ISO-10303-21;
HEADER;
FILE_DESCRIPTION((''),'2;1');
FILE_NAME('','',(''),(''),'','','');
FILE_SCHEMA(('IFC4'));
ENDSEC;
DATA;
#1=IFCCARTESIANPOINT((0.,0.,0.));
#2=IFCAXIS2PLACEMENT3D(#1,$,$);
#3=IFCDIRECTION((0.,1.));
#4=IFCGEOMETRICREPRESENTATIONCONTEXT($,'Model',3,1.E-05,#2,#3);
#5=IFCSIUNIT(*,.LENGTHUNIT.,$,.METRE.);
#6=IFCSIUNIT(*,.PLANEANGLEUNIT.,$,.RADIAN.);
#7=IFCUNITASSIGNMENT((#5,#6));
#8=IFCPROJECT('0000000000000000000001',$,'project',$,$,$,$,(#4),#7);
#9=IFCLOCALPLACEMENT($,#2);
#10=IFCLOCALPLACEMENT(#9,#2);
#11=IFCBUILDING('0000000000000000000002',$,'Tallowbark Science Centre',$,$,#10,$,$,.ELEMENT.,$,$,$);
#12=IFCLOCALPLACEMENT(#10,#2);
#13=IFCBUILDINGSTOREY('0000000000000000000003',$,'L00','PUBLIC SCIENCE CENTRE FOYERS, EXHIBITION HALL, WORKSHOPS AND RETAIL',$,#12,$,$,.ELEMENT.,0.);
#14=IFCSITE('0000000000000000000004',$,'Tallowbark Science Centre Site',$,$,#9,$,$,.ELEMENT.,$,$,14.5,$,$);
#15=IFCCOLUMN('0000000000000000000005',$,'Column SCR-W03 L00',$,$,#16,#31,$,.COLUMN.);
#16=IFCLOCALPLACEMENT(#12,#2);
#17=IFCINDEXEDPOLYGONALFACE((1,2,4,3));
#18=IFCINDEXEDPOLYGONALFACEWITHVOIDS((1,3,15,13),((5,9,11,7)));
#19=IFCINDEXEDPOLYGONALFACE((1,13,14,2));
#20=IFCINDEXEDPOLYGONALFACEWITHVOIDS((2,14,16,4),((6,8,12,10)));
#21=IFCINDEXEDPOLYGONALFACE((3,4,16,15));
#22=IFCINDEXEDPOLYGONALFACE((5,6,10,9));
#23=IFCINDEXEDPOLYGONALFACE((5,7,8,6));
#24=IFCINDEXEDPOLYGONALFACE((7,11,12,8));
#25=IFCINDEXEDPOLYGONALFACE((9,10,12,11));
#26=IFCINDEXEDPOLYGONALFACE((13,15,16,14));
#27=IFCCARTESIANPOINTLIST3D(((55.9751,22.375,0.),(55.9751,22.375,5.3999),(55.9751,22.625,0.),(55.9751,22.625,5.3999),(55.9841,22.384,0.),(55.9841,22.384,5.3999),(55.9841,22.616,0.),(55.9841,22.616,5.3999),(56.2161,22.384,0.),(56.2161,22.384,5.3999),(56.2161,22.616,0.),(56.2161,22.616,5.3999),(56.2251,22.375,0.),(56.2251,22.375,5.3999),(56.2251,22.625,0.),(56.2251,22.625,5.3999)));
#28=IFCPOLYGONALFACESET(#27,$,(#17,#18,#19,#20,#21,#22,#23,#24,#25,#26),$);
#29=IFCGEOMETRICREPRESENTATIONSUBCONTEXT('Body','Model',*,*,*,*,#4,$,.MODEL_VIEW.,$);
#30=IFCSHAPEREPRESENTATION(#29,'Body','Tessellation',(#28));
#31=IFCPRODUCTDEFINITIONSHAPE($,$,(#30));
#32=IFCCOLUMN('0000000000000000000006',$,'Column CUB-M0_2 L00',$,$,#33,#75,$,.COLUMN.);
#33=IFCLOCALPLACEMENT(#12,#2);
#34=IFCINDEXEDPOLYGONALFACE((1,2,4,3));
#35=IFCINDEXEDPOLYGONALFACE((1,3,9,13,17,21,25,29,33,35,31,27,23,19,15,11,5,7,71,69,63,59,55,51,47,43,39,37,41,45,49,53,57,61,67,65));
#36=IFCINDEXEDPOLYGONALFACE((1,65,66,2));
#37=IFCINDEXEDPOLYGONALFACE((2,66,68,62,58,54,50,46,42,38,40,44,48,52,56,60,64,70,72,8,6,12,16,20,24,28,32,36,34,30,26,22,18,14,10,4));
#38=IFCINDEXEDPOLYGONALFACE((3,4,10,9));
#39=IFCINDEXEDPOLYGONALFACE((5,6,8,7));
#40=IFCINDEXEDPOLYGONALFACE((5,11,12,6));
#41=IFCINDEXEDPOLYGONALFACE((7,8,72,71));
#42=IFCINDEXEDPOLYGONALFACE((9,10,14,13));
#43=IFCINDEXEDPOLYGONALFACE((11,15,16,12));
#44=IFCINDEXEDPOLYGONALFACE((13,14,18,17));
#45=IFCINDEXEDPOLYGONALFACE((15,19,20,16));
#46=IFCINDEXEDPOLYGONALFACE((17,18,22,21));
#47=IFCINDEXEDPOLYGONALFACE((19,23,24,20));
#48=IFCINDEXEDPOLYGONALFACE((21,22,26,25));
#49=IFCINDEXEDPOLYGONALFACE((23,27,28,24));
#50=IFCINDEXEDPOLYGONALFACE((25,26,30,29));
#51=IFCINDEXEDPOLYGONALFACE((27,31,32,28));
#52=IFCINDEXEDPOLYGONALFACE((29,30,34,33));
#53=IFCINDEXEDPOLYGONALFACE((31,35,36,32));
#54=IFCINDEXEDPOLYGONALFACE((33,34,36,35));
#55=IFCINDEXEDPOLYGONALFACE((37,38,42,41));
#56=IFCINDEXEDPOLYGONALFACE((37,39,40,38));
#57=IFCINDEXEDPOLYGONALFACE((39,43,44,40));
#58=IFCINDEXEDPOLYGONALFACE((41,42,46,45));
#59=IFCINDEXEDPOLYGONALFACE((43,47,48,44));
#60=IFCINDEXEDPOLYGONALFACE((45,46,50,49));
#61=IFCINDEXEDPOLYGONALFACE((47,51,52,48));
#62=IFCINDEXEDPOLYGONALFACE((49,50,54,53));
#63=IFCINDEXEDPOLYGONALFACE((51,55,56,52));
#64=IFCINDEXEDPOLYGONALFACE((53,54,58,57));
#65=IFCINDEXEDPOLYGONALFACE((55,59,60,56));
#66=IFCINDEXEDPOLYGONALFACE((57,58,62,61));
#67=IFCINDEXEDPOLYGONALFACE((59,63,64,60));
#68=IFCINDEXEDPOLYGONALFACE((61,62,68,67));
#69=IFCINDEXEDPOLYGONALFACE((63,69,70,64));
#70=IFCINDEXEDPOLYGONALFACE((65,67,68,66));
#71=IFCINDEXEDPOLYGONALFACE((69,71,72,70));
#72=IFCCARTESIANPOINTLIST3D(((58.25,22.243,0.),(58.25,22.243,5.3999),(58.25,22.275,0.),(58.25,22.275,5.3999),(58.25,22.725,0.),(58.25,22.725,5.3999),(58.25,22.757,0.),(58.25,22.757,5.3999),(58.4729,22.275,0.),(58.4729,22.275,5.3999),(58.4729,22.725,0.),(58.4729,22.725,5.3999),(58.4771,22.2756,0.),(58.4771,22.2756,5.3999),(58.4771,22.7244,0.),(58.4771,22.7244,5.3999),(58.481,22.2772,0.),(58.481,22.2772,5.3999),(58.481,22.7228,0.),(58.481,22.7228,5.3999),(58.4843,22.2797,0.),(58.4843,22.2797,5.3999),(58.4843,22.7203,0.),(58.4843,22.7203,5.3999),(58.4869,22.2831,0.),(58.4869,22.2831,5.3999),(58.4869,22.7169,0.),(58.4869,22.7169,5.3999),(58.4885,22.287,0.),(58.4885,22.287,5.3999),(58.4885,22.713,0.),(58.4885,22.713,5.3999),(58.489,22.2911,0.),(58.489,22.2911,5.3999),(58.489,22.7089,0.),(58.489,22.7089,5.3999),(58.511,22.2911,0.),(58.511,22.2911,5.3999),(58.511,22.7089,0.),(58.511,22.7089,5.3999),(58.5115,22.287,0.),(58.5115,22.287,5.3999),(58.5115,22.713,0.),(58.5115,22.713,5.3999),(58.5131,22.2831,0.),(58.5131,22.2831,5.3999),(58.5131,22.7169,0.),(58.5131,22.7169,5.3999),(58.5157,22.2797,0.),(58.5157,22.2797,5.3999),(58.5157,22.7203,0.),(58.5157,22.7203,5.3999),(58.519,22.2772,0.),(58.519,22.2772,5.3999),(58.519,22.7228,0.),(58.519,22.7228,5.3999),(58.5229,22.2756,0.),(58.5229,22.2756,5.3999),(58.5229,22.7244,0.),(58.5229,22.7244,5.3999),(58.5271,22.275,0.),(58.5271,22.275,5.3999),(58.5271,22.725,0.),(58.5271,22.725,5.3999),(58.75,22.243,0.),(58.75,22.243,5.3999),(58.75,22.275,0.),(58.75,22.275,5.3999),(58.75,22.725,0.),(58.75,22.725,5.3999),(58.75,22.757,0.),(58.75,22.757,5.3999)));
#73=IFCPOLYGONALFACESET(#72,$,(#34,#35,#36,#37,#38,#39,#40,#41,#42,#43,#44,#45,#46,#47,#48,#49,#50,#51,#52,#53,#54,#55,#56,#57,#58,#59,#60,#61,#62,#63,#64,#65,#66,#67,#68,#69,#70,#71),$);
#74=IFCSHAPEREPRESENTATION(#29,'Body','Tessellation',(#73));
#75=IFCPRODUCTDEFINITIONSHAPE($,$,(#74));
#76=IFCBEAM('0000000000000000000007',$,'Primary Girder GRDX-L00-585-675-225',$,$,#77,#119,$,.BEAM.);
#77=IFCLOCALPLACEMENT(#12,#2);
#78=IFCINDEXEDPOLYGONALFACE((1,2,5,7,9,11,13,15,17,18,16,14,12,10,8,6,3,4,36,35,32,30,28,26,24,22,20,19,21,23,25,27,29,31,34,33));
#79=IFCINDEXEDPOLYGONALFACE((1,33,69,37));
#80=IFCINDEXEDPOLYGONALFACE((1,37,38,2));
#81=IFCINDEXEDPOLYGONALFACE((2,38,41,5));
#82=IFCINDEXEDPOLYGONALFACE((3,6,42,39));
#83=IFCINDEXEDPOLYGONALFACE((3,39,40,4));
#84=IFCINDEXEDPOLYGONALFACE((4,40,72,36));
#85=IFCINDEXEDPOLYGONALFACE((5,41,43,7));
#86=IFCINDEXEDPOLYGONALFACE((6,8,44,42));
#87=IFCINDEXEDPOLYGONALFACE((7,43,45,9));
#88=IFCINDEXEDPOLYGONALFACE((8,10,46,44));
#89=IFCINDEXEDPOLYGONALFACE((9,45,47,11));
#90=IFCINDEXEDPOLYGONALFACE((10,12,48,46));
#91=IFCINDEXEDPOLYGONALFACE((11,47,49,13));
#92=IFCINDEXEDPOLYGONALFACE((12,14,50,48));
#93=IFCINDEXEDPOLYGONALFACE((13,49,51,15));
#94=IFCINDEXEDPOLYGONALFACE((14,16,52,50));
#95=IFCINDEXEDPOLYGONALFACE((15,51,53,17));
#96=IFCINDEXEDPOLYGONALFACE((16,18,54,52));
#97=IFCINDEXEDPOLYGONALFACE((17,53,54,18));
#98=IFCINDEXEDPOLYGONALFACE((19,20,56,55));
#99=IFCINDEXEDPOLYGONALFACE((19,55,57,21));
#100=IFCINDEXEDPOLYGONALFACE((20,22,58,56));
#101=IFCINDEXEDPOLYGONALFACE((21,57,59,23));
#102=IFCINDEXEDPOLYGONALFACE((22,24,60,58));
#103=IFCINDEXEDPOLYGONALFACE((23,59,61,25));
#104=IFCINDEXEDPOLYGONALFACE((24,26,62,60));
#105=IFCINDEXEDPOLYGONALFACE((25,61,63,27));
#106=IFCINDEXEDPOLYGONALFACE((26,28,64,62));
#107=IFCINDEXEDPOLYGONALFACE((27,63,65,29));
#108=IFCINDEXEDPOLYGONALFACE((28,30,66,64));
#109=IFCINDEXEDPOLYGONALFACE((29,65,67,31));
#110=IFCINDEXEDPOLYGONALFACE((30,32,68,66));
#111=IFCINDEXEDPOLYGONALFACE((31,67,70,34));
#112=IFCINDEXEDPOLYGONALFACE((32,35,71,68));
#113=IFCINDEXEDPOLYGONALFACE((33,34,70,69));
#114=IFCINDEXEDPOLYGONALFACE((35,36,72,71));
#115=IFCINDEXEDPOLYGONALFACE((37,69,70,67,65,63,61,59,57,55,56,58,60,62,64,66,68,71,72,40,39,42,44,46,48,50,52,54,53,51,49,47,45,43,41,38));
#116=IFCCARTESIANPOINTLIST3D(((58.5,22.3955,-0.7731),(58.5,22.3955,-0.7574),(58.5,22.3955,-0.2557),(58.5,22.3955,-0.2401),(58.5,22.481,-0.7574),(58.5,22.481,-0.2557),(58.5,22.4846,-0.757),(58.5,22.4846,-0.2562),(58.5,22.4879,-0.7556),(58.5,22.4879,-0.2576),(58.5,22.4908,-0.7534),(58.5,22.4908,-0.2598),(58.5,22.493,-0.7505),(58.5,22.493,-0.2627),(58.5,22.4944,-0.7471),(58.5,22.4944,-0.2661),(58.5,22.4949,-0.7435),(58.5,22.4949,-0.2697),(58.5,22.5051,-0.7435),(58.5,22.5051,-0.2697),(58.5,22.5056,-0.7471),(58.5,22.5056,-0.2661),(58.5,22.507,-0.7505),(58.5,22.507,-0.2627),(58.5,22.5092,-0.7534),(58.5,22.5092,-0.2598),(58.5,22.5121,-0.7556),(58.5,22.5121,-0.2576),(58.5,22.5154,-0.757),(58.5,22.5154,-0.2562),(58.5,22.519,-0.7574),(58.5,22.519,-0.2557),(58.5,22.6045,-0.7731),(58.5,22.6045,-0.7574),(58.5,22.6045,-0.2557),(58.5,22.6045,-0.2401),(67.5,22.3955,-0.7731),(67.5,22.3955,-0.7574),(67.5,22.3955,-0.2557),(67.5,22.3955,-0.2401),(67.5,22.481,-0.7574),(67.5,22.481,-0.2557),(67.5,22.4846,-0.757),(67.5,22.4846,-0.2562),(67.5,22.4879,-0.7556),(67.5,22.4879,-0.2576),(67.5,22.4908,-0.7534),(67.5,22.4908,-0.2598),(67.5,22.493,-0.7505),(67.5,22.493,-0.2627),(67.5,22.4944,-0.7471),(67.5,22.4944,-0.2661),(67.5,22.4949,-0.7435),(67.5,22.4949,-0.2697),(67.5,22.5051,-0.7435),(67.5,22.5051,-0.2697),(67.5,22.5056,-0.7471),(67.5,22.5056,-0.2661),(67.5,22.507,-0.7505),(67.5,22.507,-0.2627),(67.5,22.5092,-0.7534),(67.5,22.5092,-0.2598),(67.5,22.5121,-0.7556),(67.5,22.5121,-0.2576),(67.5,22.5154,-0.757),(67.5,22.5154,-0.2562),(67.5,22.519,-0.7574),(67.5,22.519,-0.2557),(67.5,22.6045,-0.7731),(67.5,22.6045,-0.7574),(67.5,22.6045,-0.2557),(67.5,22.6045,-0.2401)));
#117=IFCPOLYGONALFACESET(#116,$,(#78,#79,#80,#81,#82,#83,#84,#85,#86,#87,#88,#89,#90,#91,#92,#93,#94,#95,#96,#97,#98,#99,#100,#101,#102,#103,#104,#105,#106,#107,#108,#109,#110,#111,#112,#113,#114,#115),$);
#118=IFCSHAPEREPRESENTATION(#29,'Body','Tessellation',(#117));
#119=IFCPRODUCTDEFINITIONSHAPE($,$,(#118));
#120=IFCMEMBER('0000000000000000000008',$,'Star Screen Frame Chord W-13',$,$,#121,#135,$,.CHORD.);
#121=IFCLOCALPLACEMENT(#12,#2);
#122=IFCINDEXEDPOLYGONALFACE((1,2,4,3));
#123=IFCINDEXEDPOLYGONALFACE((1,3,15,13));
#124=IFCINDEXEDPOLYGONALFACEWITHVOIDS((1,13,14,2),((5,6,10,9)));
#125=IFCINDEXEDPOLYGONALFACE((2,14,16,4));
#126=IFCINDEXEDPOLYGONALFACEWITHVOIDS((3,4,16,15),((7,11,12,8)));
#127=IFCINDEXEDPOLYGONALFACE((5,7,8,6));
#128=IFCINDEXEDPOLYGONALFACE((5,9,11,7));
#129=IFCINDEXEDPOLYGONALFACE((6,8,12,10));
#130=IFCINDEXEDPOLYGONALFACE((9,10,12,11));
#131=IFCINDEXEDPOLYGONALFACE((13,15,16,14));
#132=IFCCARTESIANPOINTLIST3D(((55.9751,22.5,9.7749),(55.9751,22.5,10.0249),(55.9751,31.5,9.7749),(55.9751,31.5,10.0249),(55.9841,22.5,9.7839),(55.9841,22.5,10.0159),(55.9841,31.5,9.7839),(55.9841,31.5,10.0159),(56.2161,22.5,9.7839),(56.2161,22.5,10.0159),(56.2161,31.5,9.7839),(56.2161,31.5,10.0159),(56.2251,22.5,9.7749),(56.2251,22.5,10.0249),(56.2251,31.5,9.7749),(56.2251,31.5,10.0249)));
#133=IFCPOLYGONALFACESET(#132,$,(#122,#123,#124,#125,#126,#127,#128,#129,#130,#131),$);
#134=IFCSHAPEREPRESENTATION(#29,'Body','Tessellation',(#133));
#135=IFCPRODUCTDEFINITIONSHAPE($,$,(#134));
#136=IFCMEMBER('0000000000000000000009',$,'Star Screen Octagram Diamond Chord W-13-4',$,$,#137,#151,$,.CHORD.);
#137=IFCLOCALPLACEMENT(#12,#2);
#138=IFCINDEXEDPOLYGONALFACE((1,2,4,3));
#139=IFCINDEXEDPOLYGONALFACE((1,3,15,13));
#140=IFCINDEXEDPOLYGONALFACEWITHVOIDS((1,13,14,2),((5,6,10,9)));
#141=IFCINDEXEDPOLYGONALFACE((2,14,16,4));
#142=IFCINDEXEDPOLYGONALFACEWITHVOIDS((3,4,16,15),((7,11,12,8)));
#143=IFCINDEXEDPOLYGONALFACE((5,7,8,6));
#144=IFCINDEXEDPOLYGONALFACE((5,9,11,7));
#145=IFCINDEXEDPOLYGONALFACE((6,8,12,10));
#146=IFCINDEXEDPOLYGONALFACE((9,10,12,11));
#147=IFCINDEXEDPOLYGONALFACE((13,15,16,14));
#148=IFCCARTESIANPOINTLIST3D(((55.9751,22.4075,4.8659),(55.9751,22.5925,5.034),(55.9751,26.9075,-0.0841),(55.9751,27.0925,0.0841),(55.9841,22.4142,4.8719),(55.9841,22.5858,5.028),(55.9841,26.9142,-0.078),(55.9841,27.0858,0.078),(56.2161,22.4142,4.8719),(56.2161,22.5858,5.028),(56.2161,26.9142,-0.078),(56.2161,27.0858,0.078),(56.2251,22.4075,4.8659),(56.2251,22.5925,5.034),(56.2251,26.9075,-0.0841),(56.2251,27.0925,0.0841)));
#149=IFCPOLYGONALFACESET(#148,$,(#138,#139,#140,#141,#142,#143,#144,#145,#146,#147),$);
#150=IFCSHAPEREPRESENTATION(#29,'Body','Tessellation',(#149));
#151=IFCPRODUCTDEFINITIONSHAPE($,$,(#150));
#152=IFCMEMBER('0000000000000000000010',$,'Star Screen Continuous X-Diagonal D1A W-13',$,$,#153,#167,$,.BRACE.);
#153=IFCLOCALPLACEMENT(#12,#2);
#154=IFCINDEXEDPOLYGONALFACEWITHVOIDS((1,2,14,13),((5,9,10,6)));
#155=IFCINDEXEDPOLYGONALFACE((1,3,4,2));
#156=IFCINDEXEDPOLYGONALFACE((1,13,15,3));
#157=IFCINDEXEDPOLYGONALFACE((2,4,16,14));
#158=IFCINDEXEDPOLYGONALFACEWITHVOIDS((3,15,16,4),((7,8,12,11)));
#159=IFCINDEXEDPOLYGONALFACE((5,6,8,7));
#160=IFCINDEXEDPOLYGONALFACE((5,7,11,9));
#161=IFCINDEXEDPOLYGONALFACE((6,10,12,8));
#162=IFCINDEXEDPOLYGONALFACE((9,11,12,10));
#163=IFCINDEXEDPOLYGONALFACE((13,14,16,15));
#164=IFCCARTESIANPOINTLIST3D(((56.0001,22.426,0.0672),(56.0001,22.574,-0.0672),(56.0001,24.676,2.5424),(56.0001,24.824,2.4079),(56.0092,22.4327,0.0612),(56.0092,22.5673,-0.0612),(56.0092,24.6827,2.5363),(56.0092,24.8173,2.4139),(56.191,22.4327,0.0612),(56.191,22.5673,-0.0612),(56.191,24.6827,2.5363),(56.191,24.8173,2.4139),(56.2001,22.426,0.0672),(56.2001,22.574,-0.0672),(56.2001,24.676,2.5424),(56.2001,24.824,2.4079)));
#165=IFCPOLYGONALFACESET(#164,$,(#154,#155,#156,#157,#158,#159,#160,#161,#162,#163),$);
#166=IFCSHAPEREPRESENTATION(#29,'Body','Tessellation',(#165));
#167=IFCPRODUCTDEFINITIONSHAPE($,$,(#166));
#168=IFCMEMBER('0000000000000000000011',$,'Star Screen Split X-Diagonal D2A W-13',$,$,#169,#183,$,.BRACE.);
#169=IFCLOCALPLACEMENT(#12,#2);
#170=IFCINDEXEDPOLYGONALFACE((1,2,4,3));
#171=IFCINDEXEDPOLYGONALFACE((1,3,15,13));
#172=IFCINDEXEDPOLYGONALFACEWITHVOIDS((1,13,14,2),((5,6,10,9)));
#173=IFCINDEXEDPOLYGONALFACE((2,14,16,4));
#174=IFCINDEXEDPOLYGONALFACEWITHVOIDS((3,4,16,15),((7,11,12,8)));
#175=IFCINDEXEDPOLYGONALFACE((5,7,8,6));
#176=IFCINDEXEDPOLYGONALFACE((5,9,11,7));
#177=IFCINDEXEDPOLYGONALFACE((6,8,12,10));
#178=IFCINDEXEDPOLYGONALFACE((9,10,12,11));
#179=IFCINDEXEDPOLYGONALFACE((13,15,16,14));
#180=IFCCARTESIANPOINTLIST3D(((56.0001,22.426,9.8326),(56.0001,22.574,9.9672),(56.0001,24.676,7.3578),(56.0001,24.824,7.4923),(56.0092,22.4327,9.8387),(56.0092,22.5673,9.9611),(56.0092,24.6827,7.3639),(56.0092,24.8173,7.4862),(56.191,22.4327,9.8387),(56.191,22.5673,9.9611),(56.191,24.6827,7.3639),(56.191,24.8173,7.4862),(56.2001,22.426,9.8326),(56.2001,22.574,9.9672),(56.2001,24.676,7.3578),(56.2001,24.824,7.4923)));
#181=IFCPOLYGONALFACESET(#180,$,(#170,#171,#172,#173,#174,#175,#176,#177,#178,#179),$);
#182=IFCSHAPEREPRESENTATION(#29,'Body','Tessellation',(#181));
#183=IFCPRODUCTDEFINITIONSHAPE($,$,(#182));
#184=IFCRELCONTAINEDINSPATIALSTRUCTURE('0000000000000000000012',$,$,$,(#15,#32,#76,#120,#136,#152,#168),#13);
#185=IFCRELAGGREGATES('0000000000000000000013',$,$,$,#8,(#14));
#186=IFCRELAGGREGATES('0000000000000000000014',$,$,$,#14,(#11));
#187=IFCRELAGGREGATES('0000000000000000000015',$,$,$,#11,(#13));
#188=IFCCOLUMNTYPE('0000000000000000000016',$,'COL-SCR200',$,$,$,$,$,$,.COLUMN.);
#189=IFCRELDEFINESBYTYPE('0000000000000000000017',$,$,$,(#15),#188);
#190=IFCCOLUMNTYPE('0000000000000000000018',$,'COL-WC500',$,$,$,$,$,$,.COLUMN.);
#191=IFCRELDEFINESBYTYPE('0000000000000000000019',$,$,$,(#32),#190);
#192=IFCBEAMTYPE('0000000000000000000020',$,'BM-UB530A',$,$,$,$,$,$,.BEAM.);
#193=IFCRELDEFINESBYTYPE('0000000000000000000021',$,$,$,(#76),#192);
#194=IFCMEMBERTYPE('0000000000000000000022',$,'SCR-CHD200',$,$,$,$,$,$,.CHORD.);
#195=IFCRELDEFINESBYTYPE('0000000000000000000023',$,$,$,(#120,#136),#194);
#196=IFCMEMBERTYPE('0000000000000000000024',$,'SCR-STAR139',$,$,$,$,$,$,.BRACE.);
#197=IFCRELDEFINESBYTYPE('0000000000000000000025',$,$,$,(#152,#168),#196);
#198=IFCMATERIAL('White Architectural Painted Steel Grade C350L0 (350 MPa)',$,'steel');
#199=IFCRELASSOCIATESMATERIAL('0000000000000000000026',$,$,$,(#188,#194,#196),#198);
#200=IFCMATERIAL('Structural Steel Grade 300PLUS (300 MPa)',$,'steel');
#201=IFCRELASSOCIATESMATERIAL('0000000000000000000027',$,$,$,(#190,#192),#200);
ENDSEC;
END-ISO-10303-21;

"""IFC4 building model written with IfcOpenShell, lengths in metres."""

from ifc_helpers import new_model, si_unit, direction, frame, origin, origin_2d, place, context, subcontext, project, spatial, hollow_rectangle, i_section, extrude, material, material_profile, profile_set, type_object, element, save


model = new_model("IFC4")

# Units and contexts
model_context = context("Model", 3, precision=1e-05, world=origin(), true_north=direction((0.0, 1.0)))
body_context = subcontext(model_context, "Body", "Model", "MODEL_VIEW")
ifc_project = project(units=[si_unit("LENGTHUNIT", "METRE"), si_unit("PLANEANGLEUNIT", "RADIAN")], contexts=[model_context])

# Site, building, storey
site_placement = place(None, origin())
site = spatial("IfcSite", under=ifc_project, at=site_placement, Name="Tallowbark Science Centre Site", CompositionType="ELEMENT", RefElevation=14.5)
building_placement = place(site_placement, origin())
building = spatial("IfcBuilding", under=site, at=building_placement, Name="Tallowbark Science Centre", CompositionType="ELEMENT")
storey_placement = place(building_placement, origin())
storey = spatial("IfcBuildingStorey", under=building, at=storey_placement, Name="L00", Description="PUBLIC SCIENCE CENTRE FOYERS, EXHIBITION HALL, WORKSHOPS AND RETAIL", CompositionType="ELEMENT", Elevation=0.0)

# Columns
ifc_material_1 = material(Name="White Architectural Painted Steel Grade C350L0 (350 MPa)", Category="steel")
ifc_material_profile_1 = material_profile(ifc_material_1, hollow_rectangle(XDim=0.25, YDim=0.25, WallThickness=0.009, at=origin_2d()), Name="250x250x9.0SHS")
ifc_profile_set_1 = profile_set([ifc_material_profile_1], Name="White Architectural Painted Steel Grade C350L0 (350 MPa)")
column_type_1 = type_object("IfcColumnType", Name="COL-SCR200", PredefinedType="COLUMN", material=ifc_profile_set_1)
column_1_placement = place(storey_placement, frame((56.1001, 22.5, 0.0), z_axis=(0.0, 0.0, 1.0), x_axis=(1.0, 0.0, 0.0)))
element("IfcColumn", 1, at=column_1_placement, inside=storey, type_object=column_type_1, Name="Column SCR-W03 L00", PredefinedType="COLUMN", context=body_context, shape_type="SweptSolid", body=[
    extrude(hollow_rectangle(XDim=0.25, YDim=0.25, WallThickness=0.009, at=origin_2d()), origin(), (0.0, 0.0, 1.0), 5.3999),
])
ifc_material_2 = material(Name="Structural Steel Grade 300PLUS (300 MPa)", Category="steel")
ifc_material_profile_2 = material_profile(ifc_material_2, i_section(OverallWidth=0.5, OverallDepth=0.5139, WebThickness=0.022, FlangeThickness=0.032, FilletRadius=0.0161, at=origin_2d()), Name="500WC340")
ifc_profile_set_2 = profile_set([ifc_material_profile_2], Name="Structural Steel Grade 300PLUS (300 MPa)")
column_type_2 = type_object("IfcColumnType", Name="COL-WC500", PredefinedType="COLUMN", material=ifc_profile_set_2)
column_2_placement = place(storey_placement, frame((58.5, 22.5, 0.0), z_axis=(0.0, 0.0, 1.0), x_axis=(1.0, 0.0, 0.0)))
element("IfcColumn", 2, at=column_2_placement, inside=storey, type_object=column_type_2, Name="Column CUB-M0_2 L00", PredefinedType="COLUMN", context=body_context, shape_type="SweptSolid", body=[
    extrude(i_section(OverallWidth=0.5, OverallDepth=0.5139, WebThickness=0.022, FlangeThickness=0.032, FilletRadius=0.0161, at=origin_2d()), origin(), (0.0, 0.0, 1.0), 5.3999),
])

# Beam
ifc_material_profile_3 = material_profile(ifc_material_2, i_section(OverallWidth=0.209, OverallDepth=0.533, WebThickness=0.0103, FlangeThickness=0.0156, FilletRadius=0.0139, at=origin_2d()), Name="530UB92.4")
ifc_profile_set_3 = profile_set([ifc_material_profile_3], Name="Structural Steel Grade 300PLUS (300 MPa)")
beam_type_1 = type_object("IfcBeamType", Name="BM-UB530A", PredefinedType="BEAM", material=ifc_profile_set_3)
beam_1_placement = place(storey_placement, frame((58.5, 22.5, -0.5066), z_axis=(1.0, 0.0, 0.0), x_axis=(0.0, 1.0, 0.0)))
element("IfcBeam", 3, at=beam_1_placement, inside=storey, type_object=beam_type_1, Name="Primary Girder GRDX-L00-585-675-225", PredefinedType="BEAM", context=body_context, shape_type="SweptSolid", body=[
    extrude(i_section(OverallWidth=0.209, OverallDepth=0.533, WebThickness=0.0103, FlangeThickness=0.0156, FilletRadius=0.0139, at=origin_2d()), origin(), (0.0, 0.0, 1.0), 9.0),
])

# Members
ifc_material_profile_4 = material_profile(ifc_material_1, hollow_rectangle(XDim=0.25, YDim=0.25, WallThickness=0.009, at=origin_2d()), Name="250x250x9.0SHS")
ifc_profile_set_4 = profile_set([ifc_material_profile_4], Name="White Architectural Painted Steel Grade C350L0 (350 MPa)")
member_type_1 = type_object("IfcMemberType", Name="SCR-CHD200", PredefinedType="CHORD", material=ifc_profile_set_4)
member_1_placement = place(storey_placement, frame((56.1001, 22.5, 9.8999), z_axis=(0.0, 1.0, 0.0), x_axis=(-1.0, 0.0, 0.0)))
element("IfcMember", 4, at=member_1_placement, inside=storey, type_object=member_type_1, Name="Star Screen Frame Chord W-13", PredefinedType="CHORD", context=body_context, shape_type="SweptSolid", body=[
    extrude(hollow_rectangle(XDim=0.25, YDim=0.25, WallThickness=0.009, at=origin_2d()), origin(), (0.0, 0.0, 1.0), 9.0),
])
member_2_placement = place(storey_placement, frame((56.1001, 22.5, 4.95), z_axis=(0.0, 0.672676, -0.739937), x_axis=(-1.0, 0.0, 0.0)))
element("IfcMember", 5, at=member_2_placement, inside=storey, type_object=member_type_1, Name="Star Screen Octagram Diamond Chord W-13-4", PredefinedType="CHORD", context=body_context, shape_type="SweptSolid", body=[
    extrude(hollow_rectangle(XDim=0.25, YDim=0.25, WallThickness=0.009, at=origin_2d()), origin(), (0.0, 0.0, 1.0), 6.6897),
])
ifc_material_profile_5 = material_profile(ifc_material_1, hollow_rectangle(XDim=0.2, YDim=0.2, WallThickness=0.009, at=origin_2d()), Name="200x200x9.0SHS")
ifc_profile_set_5 = profile_set([ifc_material_profile_5], Name="White Architectural Painted Steel Grade C350L0 (350 MPa)")
member_type_2 = type_object("IfcMemberType", Name="SCR-STAR139", PredefinedType="BRACE", material=ifc_profile_set_5)
member_3_placement = place(storey_placement, frame((56.1001, 22.5, 0.0), z_axis=(0.0, 0.672658, 0.739953), x_axis=(-1.0, 0.0, 0.0)))
element("IfcMember", 6, at=member_3_placement, inside=storey, type_object=member_type_2, Name="Star Screen Continuous X-Diagonal D1A W-13", PredefinedType="BRACE", context=body_context, shape_type="SweptSolid", body=[
    extrude(hollow_rectangle(XDim=0.2, YDim=0.2, WallThickness=0.009, at=origin_2d()), origin(), (0.0, 0.0, 1.0), 3.345),
])
member_4_placement = place(storey_placement, frame((56.1001, 22.5, 9.8999), z_axis=(0.0, 0.672695, -0.73992), x_axis=(-1.0, 0.0, 0.0)))
element("IfcMember", 7, at=member_4_placement, inside=storey, type_object=member_type_2, Name="Star Screen Split X-Diagonal D2A W-13", PredefinedType="BRACE", context=body_context, shape_type="SweptSolid", body=[
    extrude(hollow_rectangle(XDim=0.2, YDim=0.2, WallThickness=0.009, at=origin_2d()), origin(), (0.0, 0.0, 1.0), 3.3447),
])

save(model, "model.ifc")
